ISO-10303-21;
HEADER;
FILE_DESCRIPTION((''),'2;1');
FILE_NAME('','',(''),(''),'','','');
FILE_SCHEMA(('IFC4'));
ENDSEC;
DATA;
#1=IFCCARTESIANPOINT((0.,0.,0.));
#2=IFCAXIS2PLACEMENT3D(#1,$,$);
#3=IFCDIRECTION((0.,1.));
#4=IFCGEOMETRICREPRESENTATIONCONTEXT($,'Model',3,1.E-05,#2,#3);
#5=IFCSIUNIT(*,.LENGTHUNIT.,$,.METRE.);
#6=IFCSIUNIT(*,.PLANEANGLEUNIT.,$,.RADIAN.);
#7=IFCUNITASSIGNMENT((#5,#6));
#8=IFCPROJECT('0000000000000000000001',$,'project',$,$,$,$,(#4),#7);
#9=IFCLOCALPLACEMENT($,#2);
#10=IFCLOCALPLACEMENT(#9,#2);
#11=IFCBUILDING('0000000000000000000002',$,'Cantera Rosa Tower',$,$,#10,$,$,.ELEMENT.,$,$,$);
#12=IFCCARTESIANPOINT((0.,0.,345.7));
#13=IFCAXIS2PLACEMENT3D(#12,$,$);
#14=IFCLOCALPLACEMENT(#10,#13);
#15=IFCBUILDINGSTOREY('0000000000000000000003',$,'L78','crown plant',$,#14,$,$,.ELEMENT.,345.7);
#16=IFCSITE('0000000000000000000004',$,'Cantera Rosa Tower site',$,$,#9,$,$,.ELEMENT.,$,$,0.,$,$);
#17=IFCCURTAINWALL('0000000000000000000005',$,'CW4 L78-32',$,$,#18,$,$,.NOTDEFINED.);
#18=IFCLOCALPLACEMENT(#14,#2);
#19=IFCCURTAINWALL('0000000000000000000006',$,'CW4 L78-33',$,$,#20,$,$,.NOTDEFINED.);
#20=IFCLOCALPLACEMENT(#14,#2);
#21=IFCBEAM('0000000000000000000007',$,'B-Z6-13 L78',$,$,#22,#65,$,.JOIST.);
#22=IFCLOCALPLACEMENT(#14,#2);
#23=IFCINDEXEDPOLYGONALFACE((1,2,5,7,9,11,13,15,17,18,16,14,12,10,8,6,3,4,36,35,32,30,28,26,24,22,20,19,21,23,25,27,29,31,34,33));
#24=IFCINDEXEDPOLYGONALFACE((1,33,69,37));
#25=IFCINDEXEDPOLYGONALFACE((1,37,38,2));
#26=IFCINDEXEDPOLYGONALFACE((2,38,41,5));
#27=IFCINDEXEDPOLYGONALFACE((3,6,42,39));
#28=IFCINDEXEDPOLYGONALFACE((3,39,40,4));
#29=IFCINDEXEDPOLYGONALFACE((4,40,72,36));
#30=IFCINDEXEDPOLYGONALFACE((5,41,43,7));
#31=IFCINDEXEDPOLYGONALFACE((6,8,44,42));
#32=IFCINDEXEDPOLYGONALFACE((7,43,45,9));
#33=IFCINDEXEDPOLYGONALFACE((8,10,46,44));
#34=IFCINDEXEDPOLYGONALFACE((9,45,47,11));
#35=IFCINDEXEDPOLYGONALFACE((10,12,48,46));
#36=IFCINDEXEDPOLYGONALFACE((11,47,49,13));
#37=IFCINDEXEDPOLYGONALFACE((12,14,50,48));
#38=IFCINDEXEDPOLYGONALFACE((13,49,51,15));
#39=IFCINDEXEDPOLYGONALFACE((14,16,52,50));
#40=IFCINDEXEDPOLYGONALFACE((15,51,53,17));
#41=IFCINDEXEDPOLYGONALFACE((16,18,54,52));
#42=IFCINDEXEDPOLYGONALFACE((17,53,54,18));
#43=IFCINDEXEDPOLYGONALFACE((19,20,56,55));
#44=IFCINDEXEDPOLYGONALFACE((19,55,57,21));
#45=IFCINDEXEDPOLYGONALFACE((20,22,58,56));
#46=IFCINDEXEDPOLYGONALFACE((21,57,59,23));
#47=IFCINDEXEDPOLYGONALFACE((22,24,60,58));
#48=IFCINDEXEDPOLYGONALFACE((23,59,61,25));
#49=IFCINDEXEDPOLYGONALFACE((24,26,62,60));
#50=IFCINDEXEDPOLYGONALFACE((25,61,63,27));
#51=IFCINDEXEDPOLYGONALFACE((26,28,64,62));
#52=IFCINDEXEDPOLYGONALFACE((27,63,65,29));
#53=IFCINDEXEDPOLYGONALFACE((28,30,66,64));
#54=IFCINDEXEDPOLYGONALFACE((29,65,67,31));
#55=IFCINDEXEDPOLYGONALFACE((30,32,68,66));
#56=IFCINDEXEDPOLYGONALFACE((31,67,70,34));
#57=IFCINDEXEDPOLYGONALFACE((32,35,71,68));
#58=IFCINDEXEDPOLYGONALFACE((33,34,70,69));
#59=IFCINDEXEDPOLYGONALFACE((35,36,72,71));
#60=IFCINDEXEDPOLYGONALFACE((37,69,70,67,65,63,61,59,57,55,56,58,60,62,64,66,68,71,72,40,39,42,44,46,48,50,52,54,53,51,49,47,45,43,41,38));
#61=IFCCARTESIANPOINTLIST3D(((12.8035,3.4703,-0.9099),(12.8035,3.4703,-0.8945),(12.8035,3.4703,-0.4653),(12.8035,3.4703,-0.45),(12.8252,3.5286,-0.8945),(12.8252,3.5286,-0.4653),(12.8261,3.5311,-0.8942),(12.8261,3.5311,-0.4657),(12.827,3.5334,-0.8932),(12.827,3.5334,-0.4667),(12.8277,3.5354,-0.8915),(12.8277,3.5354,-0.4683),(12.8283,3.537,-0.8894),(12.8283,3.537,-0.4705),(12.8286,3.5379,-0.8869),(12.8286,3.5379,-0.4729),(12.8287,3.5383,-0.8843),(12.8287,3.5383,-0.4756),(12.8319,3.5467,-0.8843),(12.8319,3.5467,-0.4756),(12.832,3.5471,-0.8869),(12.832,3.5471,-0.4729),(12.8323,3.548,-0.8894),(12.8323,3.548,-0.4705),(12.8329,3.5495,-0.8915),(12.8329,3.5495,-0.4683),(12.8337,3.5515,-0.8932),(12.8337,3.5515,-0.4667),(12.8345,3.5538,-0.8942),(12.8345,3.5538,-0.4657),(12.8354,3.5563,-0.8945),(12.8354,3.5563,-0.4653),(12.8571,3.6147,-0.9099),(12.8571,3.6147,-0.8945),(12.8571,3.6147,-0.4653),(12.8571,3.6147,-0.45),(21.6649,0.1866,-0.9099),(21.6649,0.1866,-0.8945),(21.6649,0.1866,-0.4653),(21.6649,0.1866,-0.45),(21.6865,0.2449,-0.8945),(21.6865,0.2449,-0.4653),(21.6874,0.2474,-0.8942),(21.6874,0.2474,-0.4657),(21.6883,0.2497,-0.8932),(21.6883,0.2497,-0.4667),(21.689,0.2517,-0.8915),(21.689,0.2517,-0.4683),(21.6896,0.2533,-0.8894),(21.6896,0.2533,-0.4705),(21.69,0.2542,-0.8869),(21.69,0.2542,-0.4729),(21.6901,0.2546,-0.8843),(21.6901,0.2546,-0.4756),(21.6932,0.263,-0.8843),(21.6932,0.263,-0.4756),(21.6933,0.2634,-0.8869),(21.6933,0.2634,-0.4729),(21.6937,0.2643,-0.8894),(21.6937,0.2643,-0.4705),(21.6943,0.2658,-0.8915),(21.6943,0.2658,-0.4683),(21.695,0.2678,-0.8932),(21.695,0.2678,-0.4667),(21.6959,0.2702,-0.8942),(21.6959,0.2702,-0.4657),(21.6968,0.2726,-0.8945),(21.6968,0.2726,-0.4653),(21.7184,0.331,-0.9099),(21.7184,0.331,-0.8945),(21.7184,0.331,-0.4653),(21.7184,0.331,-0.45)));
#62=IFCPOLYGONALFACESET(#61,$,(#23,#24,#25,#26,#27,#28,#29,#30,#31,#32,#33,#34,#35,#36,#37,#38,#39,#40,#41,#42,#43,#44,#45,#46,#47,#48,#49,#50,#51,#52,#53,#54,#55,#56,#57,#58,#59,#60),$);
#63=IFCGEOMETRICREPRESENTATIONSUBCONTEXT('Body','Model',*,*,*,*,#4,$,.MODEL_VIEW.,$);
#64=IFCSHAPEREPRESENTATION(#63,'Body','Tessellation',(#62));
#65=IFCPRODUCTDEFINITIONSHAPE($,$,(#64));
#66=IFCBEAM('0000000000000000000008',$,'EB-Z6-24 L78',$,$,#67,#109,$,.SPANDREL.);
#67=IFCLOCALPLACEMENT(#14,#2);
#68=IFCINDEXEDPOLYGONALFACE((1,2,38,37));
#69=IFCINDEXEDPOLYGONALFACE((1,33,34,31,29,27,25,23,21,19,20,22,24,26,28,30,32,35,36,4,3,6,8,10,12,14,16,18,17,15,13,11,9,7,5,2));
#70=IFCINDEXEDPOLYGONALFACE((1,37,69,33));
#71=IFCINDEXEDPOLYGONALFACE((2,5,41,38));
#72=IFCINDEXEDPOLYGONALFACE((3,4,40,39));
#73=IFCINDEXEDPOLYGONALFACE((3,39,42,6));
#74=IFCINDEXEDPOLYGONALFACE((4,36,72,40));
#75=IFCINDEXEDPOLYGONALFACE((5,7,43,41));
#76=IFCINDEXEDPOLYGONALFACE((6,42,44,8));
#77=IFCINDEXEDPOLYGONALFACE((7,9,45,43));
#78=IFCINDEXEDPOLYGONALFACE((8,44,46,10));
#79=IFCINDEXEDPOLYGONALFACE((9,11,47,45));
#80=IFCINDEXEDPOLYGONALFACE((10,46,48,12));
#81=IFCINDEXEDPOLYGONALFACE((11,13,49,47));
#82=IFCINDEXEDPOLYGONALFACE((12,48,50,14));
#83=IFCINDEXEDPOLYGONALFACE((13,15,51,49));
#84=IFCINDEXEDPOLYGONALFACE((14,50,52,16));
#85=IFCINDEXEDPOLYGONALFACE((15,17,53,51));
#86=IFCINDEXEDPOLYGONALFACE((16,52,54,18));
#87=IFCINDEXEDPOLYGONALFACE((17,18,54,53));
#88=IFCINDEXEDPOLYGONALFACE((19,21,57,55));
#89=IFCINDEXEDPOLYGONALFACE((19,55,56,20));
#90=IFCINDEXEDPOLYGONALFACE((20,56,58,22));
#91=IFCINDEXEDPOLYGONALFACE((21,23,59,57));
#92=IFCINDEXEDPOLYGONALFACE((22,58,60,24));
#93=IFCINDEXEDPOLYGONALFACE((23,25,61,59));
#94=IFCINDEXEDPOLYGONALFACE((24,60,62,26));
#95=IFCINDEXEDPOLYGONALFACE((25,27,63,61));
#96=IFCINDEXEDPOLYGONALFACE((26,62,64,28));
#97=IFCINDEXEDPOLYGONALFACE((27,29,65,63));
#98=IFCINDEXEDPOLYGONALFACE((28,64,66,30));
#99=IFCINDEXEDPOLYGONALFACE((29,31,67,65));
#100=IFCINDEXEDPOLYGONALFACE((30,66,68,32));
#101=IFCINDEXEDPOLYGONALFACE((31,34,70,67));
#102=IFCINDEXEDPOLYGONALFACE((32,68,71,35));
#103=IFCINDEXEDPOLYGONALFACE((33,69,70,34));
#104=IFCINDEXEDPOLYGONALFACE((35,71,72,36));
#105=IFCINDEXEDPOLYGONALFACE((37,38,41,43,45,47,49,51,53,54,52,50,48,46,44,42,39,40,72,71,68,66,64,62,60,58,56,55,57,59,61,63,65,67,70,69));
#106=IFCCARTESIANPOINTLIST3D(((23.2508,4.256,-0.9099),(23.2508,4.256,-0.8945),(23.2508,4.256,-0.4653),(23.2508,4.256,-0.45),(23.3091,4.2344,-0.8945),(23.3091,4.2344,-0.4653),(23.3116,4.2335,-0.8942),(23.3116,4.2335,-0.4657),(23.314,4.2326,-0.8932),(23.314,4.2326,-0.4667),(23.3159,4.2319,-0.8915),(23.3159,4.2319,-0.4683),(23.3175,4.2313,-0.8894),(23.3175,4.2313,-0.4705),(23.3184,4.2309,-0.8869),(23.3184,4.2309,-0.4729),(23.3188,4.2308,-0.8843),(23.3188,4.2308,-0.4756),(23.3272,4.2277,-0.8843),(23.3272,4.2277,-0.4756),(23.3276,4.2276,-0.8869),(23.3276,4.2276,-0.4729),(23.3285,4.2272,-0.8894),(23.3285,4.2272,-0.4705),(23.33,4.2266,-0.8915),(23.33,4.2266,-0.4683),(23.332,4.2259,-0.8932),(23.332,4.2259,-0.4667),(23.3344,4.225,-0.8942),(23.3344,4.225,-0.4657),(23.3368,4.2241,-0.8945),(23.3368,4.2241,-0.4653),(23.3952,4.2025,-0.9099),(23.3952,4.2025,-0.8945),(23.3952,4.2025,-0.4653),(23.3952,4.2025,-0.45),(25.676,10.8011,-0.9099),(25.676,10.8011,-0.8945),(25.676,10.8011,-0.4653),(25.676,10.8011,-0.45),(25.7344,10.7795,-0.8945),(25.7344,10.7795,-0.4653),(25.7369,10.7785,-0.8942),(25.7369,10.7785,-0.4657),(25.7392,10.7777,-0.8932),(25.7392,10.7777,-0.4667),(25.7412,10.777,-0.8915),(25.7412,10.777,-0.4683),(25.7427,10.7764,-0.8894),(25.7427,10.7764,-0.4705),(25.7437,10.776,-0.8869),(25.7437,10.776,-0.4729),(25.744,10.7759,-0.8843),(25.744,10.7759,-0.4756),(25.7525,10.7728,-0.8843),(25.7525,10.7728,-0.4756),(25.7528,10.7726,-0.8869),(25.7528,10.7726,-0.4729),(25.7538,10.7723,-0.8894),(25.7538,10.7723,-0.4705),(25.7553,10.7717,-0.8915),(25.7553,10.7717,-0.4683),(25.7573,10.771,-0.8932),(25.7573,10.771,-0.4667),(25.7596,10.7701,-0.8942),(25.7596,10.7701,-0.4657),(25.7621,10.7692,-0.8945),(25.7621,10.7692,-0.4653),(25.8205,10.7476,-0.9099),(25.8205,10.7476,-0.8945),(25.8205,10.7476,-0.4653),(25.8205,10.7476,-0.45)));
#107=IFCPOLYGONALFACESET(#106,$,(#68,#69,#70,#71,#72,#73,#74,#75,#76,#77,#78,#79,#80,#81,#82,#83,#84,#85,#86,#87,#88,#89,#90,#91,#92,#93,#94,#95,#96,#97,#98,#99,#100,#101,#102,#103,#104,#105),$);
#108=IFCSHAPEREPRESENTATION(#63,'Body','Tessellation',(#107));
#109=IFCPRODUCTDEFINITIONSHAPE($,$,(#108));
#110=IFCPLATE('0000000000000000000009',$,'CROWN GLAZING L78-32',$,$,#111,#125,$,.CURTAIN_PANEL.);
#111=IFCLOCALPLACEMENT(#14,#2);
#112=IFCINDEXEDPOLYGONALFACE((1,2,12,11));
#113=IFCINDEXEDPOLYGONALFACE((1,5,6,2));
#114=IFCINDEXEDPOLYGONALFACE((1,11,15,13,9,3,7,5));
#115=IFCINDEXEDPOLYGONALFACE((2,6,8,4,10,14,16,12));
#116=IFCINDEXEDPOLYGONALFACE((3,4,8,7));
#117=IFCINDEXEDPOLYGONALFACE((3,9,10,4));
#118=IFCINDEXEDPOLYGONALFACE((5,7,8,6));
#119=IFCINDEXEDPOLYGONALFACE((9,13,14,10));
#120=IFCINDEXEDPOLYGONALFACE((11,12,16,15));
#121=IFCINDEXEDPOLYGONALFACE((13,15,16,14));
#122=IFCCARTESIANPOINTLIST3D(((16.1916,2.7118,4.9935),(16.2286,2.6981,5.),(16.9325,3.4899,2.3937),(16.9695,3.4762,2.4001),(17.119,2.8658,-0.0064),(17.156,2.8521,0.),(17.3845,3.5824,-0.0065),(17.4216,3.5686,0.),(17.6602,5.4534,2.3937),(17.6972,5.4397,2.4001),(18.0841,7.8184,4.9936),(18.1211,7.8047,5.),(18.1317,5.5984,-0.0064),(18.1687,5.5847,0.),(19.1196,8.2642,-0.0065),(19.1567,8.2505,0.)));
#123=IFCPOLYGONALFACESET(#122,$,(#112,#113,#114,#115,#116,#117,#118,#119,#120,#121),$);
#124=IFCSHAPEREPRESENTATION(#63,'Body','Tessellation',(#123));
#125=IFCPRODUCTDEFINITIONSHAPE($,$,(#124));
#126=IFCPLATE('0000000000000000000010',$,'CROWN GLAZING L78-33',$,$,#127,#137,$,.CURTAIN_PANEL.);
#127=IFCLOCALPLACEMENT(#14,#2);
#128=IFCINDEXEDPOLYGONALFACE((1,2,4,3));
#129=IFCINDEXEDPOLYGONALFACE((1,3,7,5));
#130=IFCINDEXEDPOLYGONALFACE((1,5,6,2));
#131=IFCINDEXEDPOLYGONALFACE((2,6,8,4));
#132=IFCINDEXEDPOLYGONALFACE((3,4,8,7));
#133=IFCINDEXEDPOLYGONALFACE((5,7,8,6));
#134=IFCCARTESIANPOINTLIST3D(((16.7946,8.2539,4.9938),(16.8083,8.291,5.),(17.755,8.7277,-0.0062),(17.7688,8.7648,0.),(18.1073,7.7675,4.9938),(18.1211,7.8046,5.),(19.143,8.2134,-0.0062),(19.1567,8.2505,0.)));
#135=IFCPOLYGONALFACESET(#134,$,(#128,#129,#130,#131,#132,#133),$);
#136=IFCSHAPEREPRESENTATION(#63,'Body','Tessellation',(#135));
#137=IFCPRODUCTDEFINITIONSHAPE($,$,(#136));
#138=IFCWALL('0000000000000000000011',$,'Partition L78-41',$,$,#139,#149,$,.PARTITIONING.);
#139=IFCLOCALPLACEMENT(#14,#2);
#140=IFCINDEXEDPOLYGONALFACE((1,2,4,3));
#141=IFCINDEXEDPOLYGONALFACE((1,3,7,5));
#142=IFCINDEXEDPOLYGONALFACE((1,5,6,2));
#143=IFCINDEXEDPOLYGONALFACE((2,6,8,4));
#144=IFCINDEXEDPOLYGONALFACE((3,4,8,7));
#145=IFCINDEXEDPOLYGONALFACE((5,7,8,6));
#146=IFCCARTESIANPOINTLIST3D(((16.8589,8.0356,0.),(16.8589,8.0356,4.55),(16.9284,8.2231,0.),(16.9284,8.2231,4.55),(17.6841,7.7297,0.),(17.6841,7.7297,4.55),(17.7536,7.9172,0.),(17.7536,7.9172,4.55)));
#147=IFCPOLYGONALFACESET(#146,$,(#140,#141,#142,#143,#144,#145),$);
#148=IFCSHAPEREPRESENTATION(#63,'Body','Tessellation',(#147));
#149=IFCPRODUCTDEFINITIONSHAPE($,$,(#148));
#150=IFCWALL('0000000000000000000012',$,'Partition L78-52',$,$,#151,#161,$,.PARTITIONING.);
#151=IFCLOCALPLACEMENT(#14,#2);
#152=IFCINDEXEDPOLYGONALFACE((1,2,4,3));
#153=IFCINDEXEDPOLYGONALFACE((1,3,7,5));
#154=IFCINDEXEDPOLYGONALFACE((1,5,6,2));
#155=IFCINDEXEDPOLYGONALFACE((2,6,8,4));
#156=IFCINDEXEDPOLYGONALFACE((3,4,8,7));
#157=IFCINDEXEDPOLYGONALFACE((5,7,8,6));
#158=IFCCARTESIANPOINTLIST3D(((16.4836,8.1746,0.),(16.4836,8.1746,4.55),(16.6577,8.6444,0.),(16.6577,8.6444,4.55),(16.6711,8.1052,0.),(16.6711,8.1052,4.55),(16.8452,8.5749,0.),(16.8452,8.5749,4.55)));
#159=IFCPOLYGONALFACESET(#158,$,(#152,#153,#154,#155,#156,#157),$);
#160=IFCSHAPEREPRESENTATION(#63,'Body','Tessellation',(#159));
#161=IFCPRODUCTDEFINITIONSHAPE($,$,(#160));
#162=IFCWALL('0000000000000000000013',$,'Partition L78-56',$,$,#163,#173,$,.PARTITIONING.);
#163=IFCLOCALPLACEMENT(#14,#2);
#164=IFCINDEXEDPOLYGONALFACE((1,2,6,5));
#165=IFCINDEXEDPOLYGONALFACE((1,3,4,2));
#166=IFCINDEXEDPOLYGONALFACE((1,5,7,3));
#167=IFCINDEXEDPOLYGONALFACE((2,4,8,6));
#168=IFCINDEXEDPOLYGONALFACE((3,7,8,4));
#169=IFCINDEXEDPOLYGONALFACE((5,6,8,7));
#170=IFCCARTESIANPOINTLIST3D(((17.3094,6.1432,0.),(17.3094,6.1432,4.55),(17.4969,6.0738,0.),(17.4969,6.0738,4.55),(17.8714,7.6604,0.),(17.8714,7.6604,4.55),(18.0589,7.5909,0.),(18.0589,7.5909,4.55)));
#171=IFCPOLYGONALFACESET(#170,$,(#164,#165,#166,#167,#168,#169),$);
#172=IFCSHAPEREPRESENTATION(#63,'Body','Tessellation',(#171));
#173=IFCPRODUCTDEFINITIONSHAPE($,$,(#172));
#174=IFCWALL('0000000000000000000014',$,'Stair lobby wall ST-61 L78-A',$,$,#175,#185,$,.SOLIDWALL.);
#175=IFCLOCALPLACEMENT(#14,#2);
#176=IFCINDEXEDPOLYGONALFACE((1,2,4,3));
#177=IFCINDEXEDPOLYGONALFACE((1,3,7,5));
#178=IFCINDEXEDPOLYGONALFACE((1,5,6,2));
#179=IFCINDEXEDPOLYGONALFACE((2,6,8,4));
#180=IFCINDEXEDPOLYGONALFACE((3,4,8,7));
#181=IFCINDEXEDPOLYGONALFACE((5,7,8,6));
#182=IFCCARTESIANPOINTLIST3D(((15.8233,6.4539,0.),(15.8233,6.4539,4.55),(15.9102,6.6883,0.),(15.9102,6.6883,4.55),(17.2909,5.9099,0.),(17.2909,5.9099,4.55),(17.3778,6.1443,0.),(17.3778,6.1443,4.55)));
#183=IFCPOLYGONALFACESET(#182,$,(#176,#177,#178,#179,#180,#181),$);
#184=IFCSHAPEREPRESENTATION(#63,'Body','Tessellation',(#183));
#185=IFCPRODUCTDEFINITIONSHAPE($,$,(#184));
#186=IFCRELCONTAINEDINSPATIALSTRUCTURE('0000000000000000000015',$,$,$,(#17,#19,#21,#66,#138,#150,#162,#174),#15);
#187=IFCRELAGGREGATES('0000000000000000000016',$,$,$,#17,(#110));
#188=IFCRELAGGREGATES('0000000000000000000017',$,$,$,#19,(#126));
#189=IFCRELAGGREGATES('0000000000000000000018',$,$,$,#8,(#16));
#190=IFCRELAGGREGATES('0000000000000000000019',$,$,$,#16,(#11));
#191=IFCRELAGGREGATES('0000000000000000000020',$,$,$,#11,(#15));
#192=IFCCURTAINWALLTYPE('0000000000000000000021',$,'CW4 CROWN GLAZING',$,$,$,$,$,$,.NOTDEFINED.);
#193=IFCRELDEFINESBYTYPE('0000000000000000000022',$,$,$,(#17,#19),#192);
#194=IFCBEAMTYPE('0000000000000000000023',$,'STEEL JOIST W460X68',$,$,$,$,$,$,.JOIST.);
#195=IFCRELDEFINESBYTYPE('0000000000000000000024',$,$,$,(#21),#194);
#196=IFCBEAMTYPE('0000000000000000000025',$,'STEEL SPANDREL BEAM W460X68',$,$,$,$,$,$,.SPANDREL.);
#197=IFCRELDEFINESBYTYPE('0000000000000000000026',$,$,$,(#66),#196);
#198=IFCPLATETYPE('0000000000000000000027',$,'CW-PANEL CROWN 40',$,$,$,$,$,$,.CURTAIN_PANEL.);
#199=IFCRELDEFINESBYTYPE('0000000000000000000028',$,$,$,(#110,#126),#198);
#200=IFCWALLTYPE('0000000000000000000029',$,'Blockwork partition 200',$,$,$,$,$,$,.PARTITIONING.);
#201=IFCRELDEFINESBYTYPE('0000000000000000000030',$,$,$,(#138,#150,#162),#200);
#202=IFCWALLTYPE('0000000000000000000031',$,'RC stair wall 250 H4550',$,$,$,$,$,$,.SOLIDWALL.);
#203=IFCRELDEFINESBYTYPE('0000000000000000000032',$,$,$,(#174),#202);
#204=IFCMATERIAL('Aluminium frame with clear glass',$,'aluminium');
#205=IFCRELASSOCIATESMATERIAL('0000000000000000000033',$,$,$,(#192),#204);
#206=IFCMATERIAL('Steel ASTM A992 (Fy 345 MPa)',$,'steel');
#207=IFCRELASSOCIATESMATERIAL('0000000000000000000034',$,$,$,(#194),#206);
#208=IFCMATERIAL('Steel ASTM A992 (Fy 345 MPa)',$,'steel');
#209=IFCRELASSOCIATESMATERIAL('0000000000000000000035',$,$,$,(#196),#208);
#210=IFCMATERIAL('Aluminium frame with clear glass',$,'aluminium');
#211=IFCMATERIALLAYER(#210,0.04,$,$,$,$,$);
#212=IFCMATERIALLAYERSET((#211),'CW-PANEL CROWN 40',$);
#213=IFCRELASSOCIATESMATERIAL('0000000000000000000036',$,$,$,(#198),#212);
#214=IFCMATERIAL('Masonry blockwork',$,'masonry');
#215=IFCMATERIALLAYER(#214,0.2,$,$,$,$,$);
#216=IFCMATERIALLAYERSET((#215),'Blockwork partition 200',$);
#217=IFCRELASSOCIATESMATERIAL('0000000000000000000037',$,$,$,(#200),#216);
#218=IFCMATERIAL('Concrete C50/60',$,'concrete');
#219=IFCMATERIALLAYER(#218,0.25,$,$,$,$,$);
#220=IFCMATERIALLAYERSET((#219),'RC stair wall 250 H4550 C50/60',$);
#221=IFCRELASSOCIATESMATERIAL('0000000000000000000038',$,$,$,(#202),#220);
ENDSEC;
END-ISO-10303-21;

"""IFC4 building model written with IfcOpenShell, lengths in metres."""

from ifc_helpers import new_model, si_unit, direction, frame, frame_2d, origin, origin_2d, place, context, subcontext, project, spatial, polyline, rectangle, i_section, outline, extrude, material, layer, layer_set, material_profile, profile_set, type_object, element, aggregate, save


model = new_model("IFC4")

# Units and contexts
model_context = context("Model", 3, precision=1e-05, world=origin(), true_north=direction((0.0, 1.0)))
body_context = subcontext(model_context, "Body", "Model", "MODEL_VIEW")
ifc_project = project(units=[si_unit("LENGTHUNIT", "METRE"), si_unit("PLANEANGLEUNIT", "RADIAN")], contexts=[model_context])

# Site, building, storey
site_placement = place(None, origin())
site = spatial("IfcSite", under=ifc_project, at=site_placement, Name="Cantera Rosa Tower site", CompositionType="ELEMENT", RefElevation=0.0)
building_placement = place(site_placement, origin())
building = spatial("IfcBuilding", under=site, at=building_placement, Name="Cantera Rosa Tower", CompositionType="ELEMENT")
storey_placement = place(building_placement, frame((0.0, 0.0, 345.7)))
storey = spatial("IfcBuildingStorey", under=building, at=storey_placement, Name="L78", Description="crown plant", CompositionType="ELEMENT", Elevation=345.7)

# Curtain walls
ifc_material_1 = material(Name="Aluminium frame with clear glass", Category="aluminium")
curtain_wall_type = type_object("IfcCurtainWallType", Name="CW4 CROWN GLAZING", PredefinedType="NOTDEFINED", material=ifc_material_1)
curtain_wall_1_placement = place(storey_placement, origin())
curtain_wall_1 = element("IfcCurtainWall", 1, at=curtain_wall_1_placement, inside=storey, type_object=curtain_wall_type, Name="CW4 L78-32", PredefinedType="NOTDEFINED")
curtain_wall_2_placement = place(storey_placement, origin())
curtain_wall_2 = element("IfcCurtainWall", 2, at=curtain_wall_2_placement, inside=storey, type_object=curtain_wall_type, Name="CW4 L78-33", PredefinedType="NOTDEFINED")

# Beams
ifc_material_2 = material(Name="Steel ASTM A992 (Fy 345 MPa)", Category="steel")
ifc_material_profile_1 = material_profile(ifc_material_2, i_section(OverallWidth=0.1541, OverallDepth=0.46, WebThickness=0.009, FlangeThickness=0.0154, FilletRadius=0.0103, at=origin_2d()), Name="W460X68")
ifc_profile_set_1 = profile_set([ifc_material_profile_1], Name="Steel ASTM A992 (Fy 345 MPa)")
beam_type_1 = type_object("IfcBeamType", Name="STEEL JOIST W460X68", PredefinedType="JOIST", material=ifc_profile_set_1)
beam_1_placement = place(storey_placement, frame((21.6917, 0.2588, -0.6799), z_axis=(-0.93769, 0.347474, 0.0), x_axis=(-0.347474, -0.93769, 0.0)))
element("IfcBeam", 3, at=beam_1_placement, inside=storey, type_object=beam_type_1, Name="B-Z6-13 L78", PredefinedType="JOIST", context=body_context, shape_type="SweptSolid", body=[
    extrude(i_section(OverallWidth=0.1541, OverallDepth=0.46, WebThickness=0.009, FlangeThickness=0.0154, FilletRadius=0.0103, at=origin_2d()), origin(), (0.0, 0.0, 1.0), 9.4502),
])
ifc_material_3 = material(Name="Steel ASTM A992 (Fy 345 MPa)", Category="steel")
ifc_material_profile_2 = material_profile(ifc_material_3, i_section(OverallWidth=0.1541, OverallDepth=0.46, WebThickness=0.009, FlangeThickness=0.0154, FilletRadius=0.0103, at=origin_2d()), Name="W460X68")
ifc_profile_set_2 = profile_set([ifc_material_profile_2], Name="Steel ASTM A992 (Fy 345 MPa)")
beam_type_2 = type_object("IfcBeamType", Name="STEEL SPANDREL BEAM W460X68", PredefinedType="SPANDREL", material=ifc_profile_set_2)
beam_2_placement = place(storey_placement, frame((23.323, 4.2292, -0.6799), z_axis=(0.34746, 0.937695, 0.0), x_axis=(-0.937695, 0.34746, 0.0)))
element("IfcBeam", 4, at=beam_2_placement, inside=storey, type_object=beam_type_2, Name="EB-Z6-24 L78", PredefinedType="SPANDREL", context=body_context, shape_type="SweptSolid", body=[
    extrude(i_section(OverallWidth=0.1541, OverallDepth=0.46, WebThickness=0.009, FlangeThickness=0.0154, FilletRadius=0.0103, at=origin_2d()), origin(), (0.0, 0.0, 1.0), 6.98),
])

# Plates
ifc_material_4 = material(Name="Aluminium frame with clear glass", Category="aluminium")
ifc_layer_1 = layer(ifc_material_4, 0.04)
ifc_layer_set_1 = layer_set([ifc_layer_1], Name="CW-PANEL CROWN 40")
plate_type = type_object("IfcPlateType", Name="CW-PANEL CROWN 40", PredefinedType="CURTAIN_PANEL", material=ifc_layer_set_1)
plate_1_placement = place(storey_placement, frame((17.156, 2.8521, 0.0), z_axis=(0.925433, -0.342966, 0.161086), x_axis=(0.347506, 0.937678, -0.000014)))
plate_1 = element("IfcPlate", 5, at=plate_1_placement, type_object=plate_type, Name="CROWN GLAZING L78-32", PredefinedType="CURTAIN_PANEL", context=body_context, shape_type="SweptSolid", body=[
    extrude(outline(polyline([(0.0, 0.0), (0.7642, 0.0), (0.5204, 2.4319), (2.6144, 2.4319), (2.9143, 0.0), (5.7573, 0.0001), (4.9793, 5.0662), (-0.4667, 5.0661), (0.0, 0.0)])), origin(), (0.0, 0.0, -1.0), 0.04),
])
plate_2_placement = place(storey_placement, frame((19.1567, 8.2505, 0.0), z_axis=(0.34333, 0.926546, 0.153744), x_axis=(-0.937694, 0.347462, -0.00001)))
plate_2 = element("IfcPlate", 6, at=plate_2_placement, type_object=plate_type, Name="CROWN GLAZING L78-33", PredefinedType="CURTAIN_PANEL", context=body_context, shape_type="SweptSolid", body=[
    extrude(outline(polyline([(0.0, 0.0), (1.4802, 0.0), (2.2161, 5.0602), (0.8162, 5.0602), (0.0, 0.0)])), origin(), (0.0, 0.0, -1.0), 0.04),
])

# Walls
ifc_material_5 = material(Name="Masonry blockwork", Category="masonry")
ifc_layer_2 = layer(ifc_material_5, 0.2)
ifc_layer_set_2 = layer_set([ifc_layer_2], Name="Blockwork partition 200")
wall_type_1 = type_object("IfcWallType", Name="Blockwork partition 200", PredefinedType="PARTITIONING", material=ifc_layer_set_2)
wall_1_placement = place(storey_placement, frame((17.7188, 7.8235, 0.0), z_axis=(0.0, 0.0, 1.0), x_axis=(-0.937645, 0.347594, 0.0)))
element("IfcWall", 7, at=wall_1_placement, inside=storey, type_object=wall_type_1, Name="Partition L78-41", PredefinedType="PARTITIONING", context=body_context, shape_type="SweptSolid", body=[
    extrude(rectangle(XDim=0.8801, YDim=0.2, at=frame_2d((0.4399, 0.0))), origin(), (0.0, 0.0, 1.0), 4.55),
])
wall_2_placement = place(storey_placement, frame((16.5774, 8.1399, 0.0), z_axis=(0.0, 0.0, 1.0), x_axis=(0.347489, 0.937684, 0.0)))
element("IfcWall", 8, at=wall_2_placement, inside=storey, type_object=wall_type_1, Name="Partition L78-52", PredefinedType="PARTITIONING", context=body_context, shape_type="SweptSolid", body=[
    extrude(rectangle(XDim=0.501, YDim=0.2, at=frame_2d((0.2505, 0.0))), origin(), (0.0, 0.0, 1.0), 4.55),
])
wall_3_placement = place(storey_placement, frame((17.4031, 6.1084, 0.0), z_axis=(0.0, 0.0, 1.0), x_axis=(0.347383, 0.937723, 0.0)))
element("IfcWall", 9, at=wall_3_placement, inside=storey, type_object=wall_type_1, Name="Partition L78-56", PredefinedType="PARTITIONING", context=body_context, shape_type="SweptSolid", body=[
    extrude(rectangle(XDim=1.6179, YDim=0.2, at=frame_2d((0.8091, 0.0))), origin(), (0.0, 0.0, 1.0), 4.55),
])
ifc_material_6 = material(Name="Concrete C50/60", Category="concrete")
ifc_layer_3 = layer(ifc_material_6, 0.25)
ifc_layer_set_3 = layer_set([ifc_layer_3], Name="RC stair wall 250 H4550 C50/60")
wall_type_2 = type_object("IfcWallType", Name="RC stair wall 250 H4550", PredefinedType="SOLIDWALL", material=ifc_layer_set_3)
wall_4_placement = place(storey_placement, frame((17.3345, 6.0271, 0.0), z_axis=(0.0, 0.0, 1.0), x_axis=(-0.937662, 0.347548, 0.0)))
element("IfcWall", 10, at=wall_4_placement, inside=storey, type_object=wall_type_2, Name="Stair lobby wall ST-61 L78-A", PredefinedType="SOLIDWALL", context=body_context, shape_type="SweptSolid", body=[
    extrude(rectangle(XDim=1.5652, YDim=0.25, at=frame_2d((0.7827, 0.0))), origin(), (0.0, 0.0, 1.0), 4.55),
])

aggregate(curtain_wall_1, [plate_1])
aggregate(curtain_wall_2, [plate_2])

save(model, "model.ifc")
